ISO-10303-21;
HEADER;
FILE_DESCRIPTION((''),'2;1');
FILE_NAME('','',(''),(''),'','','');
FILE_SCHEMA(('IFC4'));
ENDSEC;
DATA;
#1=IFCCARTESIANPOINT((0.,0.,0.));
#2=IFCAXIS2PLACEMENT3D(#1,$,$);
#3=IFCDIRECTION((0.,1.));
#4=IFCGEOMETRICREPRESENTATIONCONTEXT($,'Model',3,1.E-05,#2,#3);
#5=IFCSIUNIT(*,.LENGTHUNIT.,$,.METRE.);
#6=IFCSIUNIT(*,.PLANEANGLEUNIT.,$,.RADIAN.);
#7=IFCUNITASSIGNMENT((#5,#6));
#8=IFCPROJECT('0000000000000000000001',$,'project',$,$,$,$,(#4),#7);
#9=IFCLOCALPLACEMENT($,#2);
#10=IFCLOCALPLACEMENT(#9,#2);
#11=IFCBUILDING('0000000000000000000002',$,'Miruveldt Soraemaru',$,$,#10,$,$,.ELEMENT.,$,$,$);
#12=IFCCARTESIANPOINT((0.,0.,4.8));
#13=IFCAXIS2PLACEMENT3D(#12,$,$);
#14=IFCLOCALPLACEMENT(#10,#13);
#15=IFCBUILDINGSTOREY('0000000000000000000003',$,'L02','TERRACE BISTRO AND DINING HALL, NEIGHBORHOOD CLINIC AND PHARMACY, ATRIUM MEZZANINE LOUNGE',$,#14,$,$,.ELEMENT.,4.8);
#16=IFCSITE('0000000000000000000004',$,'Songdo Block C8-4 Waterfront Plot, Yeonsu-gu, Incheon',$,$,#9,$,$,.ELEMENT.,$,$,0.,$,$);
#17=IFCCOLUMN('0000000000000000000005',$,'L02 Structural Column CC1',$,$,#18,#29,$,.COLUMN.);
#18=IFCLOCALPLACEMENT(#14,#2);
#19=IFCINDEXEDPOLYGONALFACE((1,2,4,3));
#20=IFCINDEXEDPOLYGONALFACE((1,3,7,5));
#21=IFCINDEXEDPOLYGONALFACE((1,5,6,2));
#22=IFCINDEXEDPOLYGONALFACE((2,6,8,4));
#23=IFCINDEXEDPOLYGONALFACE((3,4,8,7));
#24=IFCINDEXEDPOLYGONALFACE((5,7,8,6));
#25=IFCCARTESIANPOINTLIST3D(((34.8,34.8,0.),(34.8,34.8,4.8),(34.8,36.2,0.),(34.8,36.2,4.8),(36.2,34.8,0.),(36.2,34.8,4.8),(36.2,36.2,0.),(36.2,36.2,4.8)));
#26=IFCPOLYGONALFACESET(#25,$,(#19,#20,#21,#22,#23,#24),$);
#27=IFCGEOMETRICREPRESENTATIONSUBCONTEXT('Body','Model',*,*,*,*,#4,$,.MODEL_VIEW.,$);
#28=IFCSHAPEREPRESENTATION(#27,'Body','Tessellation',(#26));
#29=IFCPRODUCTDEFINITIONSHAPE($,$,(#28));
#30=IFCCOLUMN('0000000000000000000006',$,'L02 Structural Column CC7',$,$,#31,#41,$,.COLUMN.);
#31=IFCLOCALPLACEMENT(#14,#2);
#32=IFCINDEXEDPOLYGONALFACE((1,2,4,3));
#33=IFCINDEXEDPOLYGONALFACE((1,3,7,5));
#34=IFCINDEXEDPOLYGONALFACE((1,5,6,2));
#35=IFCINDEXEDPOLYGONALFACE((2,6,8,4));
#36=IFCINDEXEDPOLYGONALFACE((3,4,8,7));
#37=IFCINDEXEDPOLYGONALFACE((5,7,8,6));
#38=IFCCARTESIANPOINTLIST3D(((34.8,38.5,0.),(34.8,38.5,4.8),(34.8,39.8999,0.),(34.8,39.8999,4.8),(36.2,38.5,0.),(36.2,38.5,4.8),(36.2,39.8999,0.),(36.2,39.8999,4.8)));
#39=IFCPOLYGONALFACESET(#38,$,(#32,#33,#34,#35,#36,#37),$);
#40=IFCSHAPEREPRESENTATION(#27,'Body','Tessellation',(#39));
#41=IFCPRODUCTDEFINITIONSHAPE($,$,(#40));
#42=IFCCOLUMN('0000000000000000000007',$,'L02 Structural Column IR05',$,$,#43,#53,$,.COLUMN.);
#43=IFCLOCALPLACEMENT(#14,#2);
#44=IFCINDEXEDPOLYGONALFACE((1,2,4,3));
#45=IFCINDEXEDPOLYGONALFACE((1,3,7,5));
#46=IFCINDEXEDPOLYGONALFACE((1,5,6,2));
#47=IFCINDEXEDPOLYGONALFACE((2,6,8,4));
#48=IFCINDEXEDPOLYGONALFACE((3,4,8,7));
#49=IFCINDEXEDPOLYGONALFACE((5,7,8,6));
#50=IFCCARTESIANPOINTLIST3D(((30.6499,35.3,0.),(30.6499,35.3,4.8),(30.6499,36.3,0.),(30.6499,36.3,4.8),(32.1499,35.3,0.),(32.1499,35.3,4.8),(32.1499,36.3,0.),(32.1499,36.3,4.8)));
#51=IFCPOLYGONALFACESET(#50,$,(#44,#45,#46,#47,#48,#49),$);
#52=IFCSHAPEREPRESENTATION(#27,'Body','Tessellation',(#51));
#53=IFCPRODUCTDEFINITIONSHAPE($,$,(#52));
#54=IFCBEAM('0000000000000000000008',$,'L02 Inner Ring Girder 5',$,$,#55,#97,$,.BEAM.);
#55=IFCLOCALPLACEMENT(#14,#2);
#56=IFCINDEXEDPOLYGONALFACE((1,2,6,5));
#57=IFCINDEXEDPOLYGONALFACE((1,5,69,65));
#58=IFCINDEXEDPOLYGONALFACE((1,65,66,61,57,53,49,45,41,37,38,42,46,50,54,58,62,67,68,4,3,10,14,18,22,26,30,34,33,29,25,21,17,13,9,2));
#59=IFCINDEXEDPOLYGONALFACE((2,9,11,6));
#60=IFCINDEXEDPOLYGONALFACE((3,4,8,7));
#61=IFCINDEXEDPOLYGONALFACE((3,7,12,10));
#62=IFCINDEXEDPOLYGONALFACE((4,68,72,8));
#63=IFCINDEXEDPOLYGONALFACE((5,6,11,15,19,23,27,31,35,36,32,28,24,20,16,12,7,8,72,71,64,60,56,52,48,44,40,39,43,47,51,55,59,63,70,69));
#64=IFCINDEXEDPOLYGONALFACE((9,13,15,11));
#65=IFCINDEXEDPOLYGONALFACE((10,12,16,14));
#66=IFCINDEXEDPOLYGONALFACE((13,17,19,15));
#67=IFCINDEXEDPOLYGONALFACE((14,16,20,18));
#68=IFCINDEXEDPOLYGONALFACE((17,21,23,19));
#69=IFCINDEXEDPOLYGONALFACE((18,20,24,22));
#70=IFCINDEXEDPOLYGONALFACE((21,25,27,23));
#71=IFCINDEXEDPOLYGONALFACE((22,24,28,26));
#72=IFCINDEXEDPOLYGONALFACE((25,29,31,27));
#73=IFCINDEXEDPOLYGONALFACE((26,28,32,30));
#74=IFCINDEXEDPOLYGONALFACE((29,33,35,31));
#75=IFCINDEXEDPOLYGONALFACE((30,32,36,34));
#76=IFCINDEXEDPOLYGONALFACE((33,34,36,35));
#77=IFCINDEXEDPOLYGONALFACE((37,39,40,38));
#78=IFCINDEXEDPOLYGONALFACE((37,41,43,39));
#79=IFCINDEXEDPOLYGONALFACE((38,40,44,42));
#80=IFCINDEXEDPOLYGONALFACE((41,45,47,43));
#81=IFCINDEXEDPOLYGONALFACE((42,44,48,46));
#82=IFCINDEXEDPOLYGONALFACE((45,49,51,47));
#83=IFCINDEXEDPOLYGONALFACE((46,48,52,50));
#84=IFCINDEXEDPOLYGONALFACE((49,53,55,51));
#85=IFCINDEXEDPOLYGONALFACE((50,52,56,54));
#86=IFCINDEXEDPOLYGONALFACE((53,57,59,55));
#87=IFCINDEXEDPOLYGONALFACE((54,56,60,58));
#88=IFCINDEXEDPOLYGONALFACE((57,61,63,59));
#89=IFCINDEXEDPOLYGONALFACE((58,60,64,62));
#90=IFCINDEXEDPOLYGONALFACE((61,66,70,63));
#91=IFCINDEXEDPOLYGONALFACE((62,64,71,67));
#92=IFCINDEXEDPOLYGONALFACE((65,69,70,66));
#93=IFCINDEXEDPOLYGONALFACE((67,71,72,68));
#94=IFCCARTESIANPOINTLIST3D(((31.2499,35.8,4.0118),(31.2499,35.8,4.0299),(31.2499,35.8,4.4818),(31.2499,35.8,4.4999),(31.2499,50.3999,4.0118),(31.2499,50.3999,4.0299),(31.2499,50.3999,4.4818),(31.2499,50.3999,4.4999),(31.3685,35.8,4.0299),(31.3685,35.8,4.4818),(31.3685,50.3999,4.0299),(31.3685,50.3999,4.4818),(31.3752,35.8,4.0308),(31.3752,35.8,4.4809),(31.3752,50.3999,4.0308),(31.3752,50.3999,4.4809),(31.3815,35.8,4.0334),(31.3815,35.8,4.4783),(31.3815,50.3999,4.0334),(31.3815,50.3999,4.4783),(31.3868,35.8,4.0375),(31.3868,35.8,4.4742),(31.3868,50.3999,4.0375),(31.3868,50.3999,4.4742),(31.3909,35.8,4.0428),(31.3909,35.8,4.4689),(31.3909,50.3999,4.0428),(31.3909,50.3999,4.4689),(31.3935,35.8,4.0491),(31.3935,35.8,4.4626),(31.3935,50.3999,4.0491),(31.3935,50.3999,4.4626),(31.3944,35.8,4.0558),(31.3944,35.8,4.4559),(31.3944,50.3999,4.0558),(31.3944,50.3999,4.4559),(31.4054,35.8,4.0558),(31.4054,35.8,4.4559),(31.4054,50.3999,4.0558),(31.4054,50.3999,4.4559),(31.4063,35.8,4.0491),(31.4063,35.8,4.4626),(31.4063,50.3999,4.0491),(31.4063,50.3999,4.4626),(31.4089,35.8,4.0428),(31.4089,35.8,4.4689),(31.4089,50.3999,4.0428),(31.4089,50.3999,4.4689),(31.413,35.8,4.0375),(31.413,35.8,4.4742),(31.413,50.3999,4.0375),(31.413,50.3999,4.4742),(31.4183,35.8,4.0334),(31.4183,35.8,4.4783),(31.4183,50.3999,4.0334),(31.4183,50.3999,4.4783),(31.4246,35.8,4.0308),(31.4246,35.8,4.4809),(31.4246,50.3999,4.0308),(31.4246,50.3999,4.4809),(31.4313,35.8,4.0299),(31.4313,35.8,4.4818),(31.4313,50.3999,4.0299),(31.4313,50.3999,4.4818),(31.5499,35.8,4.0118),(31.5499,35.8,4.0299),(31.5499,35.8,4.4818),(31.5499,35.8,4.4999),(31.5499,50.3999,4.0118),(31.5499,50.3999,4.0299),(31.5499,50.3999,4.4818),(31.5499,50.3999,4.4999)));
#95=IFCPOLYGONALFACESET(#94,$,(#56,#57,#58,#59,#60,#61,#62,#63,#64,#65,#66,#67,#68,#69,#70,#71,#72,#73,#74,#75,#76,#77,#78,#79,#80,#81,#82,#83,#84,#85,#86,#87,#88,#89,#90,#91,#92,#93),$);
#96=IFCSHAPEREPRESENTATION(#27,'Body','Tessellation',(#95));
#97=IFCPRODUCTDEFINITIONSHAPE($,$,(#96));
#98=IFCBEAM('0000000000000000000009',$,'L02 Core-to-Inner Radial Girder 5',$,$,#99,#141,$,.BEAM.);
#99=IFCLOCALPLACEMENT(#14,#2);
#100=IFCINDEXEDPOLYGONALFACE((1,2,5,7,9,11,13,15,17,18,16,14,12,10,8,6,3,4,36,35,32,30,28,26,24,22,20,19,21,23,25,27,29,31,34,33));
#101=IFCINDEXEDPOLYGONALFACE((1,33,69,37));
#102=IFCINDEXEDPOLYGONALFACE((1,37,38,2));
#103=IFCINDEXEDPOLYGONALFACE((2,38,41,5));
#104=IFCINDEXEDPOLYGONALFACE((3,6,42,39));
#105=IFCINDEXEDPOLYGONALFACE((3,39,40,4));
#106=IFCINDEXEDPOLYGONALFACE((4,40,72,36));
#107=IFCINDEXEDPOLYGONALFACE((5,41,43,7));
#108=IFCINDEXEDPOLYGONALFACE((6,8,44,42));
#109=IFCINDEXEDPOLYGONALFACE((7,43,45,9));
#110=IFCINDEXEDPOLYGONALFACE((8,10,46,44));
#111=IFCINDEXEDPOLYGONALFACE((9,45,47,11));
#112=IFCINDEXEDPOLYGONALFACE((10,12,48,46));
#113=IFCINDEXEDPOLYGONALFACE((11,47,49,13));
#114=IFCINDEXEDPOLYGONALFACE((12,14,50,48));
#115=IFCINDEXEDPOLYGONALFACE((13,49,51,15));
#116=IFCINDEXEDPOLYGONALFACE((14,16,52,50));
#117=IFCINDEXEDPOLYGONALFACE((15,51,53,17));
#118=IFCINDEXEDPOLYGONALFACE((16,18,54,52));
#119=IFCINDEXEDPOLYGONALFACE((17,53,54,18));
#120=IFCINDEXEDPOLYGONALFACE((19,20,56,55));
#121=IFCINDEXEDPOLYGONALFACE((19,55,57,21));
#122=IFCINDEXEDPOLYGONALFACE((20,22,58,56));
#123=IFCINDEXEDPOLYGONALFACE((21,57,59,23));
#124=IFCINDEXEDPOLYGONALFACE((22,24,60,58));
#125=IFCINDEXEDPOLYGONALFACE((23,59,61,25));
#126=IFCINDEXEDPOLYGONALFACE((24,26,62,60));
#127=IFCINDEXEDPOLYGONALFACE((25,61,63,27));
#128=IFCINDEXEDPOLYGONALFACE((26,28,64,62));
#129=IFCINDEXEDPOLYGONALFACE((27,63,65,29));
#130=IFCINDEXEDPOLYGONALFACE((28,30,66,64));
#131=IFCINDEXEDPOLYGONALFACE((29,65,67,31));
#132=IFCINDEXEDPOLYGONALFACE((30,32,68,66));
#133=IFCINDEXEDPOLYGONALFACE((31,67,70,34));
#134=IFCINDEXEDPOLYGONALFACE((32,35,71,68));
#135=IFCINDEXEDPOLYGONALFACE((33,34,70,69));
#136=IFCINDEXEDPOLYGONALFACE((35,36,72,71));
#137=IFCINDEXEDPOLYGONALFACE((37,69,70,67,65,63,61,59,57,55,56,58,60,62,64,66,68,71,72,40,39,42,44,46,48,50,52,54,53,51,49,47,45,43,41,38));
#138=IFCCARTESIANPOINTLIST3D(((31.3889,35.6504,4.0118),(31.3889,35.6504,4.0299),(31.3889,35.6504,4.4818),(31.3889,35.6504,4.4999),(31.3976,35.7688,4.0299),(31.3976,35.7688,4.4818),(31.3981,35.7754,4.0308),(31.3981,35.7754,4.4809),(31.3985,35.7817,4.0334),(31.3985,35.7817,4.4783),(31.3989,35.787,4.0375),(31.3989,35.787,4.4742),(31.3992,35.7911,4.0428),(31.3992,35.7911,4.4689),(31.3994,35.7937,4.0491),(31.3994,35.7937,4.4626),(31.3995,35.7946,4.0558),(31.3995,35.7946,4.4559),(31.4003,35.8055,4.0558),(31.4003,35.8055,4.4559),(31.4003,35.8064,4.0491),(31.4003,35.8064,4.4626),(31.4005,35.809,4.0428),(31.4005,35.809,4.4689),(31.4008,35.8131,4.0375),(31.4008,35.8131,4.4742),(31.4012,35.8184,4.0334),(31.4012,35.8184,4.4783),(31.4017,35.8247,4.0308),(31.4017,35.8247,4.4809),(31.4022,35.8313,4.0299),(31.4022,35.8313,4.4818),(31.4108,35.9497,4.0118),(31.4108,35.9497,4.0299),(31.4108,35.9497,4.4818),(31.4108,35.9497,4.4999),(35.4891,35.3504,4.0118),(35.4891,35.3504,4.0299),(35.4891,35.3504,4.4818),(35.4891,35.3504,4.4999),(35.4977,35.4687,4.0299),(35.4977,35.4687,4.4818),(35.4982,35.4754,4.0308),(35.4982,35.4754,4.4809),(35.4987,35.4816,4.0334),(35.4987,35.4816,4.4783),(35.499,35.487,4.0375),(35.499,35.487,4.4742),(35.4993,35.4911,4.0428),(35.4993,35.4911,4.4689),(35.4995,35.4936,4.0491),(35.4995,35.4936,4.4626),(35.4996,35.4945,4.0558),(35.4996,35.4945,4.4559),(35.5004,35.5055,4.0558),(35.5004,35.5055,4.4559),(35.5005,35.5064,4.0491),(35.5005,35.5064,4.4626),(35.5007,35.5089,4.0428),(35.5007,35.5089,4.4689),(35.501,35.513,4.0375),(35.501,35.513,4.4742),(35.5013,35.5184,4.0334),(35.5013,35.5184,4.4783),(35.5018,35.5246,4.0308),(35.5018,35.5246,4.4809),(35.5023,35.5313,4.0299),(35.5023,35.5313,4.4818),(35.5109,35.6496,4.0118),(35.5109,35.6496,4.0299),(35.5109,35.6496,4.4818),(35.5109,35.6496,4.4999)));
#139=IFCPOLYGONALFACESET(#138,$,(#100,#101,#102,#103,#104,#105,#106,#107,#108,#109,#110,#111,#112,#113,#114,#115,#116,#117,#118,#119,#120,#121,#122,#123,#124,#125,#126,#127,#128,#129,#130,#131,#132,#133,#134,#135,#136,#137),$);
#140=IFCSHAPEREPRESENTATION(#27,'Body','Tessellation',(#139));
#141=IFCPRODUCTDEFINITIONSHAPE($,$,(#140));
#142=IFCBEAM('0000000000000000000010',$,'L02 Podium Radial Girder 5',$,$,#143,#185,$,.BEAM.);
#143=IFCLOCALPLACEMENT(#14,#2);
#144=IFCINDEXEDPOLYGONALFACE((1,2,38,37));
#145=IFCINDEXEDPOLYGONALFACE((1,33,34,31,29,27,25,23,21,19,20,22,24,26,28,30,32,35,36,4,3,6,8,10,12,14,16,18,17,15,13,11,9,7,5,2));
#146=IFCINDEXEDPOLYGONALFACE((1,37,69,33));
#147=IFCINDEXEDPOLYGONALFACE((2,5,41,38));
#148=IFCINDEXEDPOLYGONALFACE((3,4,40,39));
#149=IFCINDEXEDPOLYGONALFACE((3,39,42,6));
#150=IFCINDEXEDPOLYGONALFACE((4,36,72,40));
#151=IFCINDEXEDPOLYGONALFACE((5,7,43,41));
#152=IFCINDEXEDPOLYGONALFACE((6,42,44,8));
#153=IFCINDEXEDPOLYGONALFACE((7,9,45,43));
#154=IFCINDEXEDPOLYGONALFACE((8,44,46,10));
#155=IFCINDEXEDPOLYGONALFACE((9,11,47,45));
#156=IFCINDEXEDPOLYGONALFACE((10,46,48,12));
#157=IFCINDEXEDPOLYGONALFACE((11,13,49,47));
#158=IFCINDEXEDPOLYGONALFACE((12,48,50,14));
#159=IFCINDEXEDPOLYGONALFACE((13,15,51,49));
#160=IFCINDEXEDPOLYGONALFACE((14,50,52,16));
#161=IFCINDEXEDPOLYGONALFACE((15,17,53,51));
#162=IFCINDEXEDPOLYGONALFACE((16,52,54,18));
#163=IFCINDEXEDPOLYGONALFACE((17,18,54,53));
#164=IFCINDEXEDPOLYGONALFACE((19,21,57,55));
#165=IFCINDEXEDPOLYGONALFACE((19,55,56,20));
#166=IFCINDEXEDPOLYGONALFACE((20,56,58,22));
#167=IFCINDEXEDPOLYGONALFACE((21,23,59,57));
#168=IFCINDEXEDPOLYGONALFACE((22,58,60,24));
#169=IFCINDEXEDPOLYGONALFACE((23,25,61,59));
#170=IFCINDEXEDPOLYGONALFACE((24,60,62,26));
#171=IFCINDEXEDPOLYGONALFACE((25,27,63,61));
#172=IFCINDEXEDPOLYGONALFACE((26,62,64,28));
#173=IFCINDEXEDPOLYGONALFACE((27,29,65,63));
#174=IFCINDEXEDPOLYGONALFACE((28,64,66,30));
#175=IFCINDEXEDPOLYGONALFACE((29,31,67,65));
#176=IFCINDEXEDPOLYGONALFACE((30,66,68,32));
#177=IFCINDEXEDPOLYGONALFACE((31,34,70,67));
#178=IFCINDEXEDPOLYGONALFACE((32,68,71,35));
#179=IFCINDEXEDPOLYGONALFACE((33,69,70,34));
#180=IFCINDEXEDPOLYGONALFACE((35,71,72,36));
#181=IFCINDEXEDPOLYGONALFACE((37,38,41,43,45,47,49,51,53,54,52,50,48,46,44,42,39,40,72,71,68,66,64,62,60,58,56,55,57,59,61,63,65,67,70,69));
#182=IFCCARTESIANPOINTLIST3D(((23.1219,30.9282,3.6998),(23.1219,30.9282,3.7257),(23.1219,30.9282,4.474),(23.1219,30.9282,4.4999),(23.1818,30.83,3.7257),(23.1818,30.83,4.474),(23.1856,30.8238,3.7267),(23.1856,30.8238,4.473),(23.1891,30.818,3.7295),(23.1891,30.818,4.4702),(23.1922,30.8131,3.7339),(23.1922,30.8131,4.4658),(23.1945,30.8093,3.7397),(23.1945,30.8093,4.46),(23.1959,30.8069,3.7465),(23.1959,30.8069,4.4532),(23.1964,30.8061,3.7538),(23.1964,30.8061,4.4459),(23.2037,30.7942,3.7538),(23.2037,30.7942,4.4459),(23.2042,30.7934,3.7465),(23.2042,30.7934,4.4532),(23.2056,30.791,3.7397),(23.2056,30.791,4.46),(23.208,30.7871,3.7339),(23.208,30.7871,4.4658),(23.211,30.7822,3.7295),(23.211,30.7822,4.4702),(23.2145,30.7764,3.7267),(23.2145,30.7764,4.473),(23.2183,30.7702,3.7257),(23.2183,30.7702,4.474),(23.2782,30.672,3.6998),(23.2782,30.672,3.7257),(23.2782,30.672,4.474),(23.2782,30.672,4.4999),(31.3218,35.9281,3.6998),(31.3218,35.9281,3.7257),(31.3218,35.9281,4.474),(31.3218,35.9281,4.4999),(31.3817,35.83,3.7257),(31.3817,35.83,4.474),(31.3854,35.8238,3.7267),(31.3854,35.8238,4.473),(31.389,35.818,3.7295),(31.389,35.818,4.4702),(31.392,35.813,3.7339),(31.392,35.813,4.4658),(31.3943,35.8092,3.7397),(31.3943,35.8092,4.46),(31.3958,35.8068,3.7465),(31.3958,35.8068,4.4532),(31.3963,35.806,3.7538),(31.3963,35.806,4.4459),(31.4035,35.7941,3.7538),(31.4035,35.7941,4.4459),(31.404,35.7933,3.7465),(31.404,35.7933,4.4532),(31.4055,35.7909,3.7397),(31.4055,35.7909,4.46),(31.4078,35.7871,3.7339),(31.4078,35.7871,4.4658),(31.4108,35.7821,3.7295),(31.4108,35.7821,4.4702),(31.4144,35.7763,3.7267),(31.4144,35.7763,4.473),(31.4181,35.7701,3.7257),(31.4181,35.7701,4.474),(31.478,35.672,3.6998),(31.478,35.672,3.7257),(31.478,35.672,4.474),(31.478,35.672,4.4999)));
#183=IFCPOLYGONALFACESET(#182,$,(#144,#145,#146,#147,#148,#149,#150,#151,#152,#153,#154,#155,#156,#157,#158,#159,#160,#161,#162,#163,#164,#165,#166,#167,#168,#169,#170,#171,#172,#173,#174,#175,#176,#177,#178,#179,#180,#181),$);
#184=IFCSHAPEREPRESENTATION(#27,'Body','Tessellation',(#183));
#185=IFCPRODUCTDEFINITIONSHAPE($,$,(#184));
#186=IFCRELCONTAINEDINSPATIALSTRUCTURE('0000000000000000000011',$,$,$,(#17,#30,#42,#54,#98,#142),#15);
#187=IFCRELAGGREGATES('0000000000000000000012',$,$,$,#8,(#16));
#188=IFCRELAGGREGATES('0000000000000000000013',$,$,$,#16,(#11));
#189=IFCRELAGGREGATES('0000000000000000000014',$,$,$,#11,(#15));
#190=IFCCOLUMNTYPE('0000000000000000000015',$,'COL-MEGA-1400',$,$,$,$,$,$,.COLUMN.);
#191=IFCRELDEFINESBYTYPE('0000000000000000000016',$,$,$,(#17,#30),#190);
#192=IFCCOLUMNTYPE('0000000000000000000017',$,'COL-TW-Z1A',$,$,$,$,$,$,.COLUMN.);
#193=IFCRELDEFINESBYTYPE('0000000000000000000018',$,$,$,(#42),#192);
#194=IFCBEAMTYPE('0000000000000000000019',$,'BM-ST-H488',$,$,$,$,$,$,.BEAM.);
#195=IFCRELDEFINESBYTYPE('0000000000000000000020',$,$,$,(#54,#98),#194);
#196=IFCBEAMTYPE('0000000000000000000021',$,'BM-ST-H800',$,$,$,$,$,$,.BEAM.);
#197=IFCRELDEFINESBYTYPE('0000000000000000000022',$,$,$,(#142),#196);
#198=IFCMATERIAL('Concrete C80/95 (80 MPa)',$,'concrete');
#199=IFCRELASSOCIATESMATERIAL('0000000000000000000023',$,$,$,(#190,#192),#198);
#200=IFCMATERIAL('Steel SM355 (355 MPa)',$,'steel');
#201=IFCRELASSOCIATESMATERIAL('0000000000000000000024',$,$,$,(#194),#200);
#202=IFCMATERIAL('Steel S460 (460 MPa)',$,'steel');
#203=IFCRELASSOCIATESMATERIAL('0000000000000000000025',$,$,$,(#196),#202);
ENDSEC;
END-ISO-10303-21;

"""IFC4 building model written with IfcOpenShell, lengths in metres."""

from ifc_helpers import new_model, si_unit, direction, frame, origin, origin_2d, place, context, subcontext, project, spatial, rectangle, i_section, extrude, material, material_profile, profile_set, type_object, element, save


model = new_model("IFC4")

# Units and contexts
model_context = context("Model", 3, precision=1e-05, world=origin(), true_north=direction((0.0, 1.0)))
body_context = subcontext(model_context, "Body", "Model", "MODEL_VIEW")
ifc_project = project(units=[si_unit("LENGTHUNIT", "METRE"), si_unit("PLANEANGLEUNIT", "RADIAN")], contexts=[model_context])

# Site, building, storey
site_placement = place(None, origin())
site = spatial("IfcSite", under=ifc_project, at=site_placement, Name="Songdo Block C8-4 Waterfront Plot, Yeonsu-gu, Incheon", CompositionType="ELEMENT", RefElevation=0.0)
building_placement = place(site_placement, origin())
building = spatial("IfcBuilding", under=site, at=building_placement, Name="Miruveldt Soraemaru", CompositionType="ELEMENT")
storey_placement = place(building_placement, frame((0.0, 0.0, 4.8)))
storey = spatial("IfcBuildingStorey", under=building, at=storey_placement, Name="L02", Description="TERRACE BISTRO AND DINING HALL, NEIGHBORHOOD CLINIC AND PHARMACY, ATRIUM MEZZANINE LOUNGE", CompositionType="ELEMENT", Elevation=4.8)

# Columns
ifc_material_1 = material(Name="Concrete C80/95 (80 MPa)", Category="concrete")
ifc_material_profile_1 = material_profile(ifc_material_1, rectangle(XDim=1.3999, YDim=1.3999, at=origin_2d()), Name="Concrete C80/95 (80 MPa)", Category="concrete")
ifc_profile_set_1 = profile_set([ifc_material_profile_1], Name="Concrete C80/95 (80 MPa)")
column_type_1 = type_object("IfcColumnType", Name="COL-MEGA-1400", PredefinedType="COLUMN", material=ifc_profile_set_1)
for number, where, z_axis, x_axis, name in (
    (1, (35.5, 35.5, 0.0), (0.0, 0.0, 1.0), (1.0, 0.0, 0.0), "L02 Structural Column CC1"),
    (2, (35.5, 39.2, 0.0), (0.0, 0.0, 1.0), (1.0, 0.0, 0.0), "L02 Structural Column CC7"),
):
    element("IfcColumn", number, at=place(storey_placement, frame(where, z_axis=z_axis, x_axis=x_axis)), inside=storey, type_object=column_type_1, Name=name, PredefinedType="COLUMN", context=body_context, shape_type="SweptSolid", body=[
        extrude(rectangle(XDim=1.3999, YDim=1.3999, at=origin_2d()), origin(), (0.0, 0.0, 1.0), 4.8),
    ])
ifc_material_profile_2 = material_profile(ifc_material_1, rectangle(XDim=1.5, YDim=1.0, at=origin_2d()), Name="Concrete C80/95 (80 MPa)", Category="concrete")
ifc_profile_set_2 = profile_set([ifc_material_profile_2], Name="Concrete C80/95 (80 MPa)")
column_type_2 = type_object("IfcColumnType", Name="COL-TW-Z1A", PredefinedType="COLUMN", material=ifc_profile_set_2)
column_placement = place(storey_placement, frame((31.3999, 35.8, 0.0), z_axis=(0.0, 0.0, 1.0), x_axis=(1.0, 0.0, 0.0)))
element("IfcColumn", 3, at=column_placement, inside=storey, type_object=column_type_2, Name="L02 Structural Column IR05", PredefinedType="COLUMN", context=body_context, shape_type="SweptSolid", body=[
    extrude(rectangle(XDim=1.5, YDim=1.0, at=origin_2d()), origin(), (0.0, 0.0, 1.0), 4.8),
])

# Beams
ifc_material_2 = material(Name="Steel SM355 (355 MPa)", Category="steel")
ifc_material_profile_3 = material_profile(ifc_material_2, i_section(OverallWidth=0.3, OverallDepth=0.488, WebThickness=0.011, FlangeThickness=0.0181, FilletRadius=0.0259, at=origin_2d()), Name="Steel SM355 (355 MPa)", Category="steel")
ifc_profile_set_3 = profile_set([ifc_material_profile_3], Name="Steel SM355 (355 MPa)")
beam_type_1 = type_object("IfcBeamType", Name="BM-ST-H488", PredefinedType="BEAM", material=ifc_profile_set_3)
beam_1_placement = place(storey_placement, frame((31.3999, 35.8, 4.2559), z_axis=(0.0, 1.0, 0.0), x_axis=(-1.0, 0.0, 0.0)))
element("IfcBeam", 4, at=beam_1_placement, inside=storey, type_object=beam_type_1, Name="L02 Inner Ring Girder 5", PredefinedType="BEAM", context=body_context, shape_type="SweptSolid", body=[
    extrude(i_section(OverallWidth=0.3, OverallDepth=0.488, WebThickness=0.011, FlangeThickness=0.0181, FilletRadius=0.0259, at=origin_2d()), origin(), (0.0, 0.0, 1.0), 14.5999),
])
beam_2_placement = place(storey_placement, frame((35.5, 35.5, 4.2559), z_axis=(-0.997333, 0.072986, 0.0), x_axis=(-0.072986, -0.997333, 0.0)))
element("IfcBeam", 5, at=beam_2_placement, inside=storey, type_object=beam_type_1, Name="L02 Core-to-Inner Radial Girder 5", PredefinedType="BEAM", context=body_context, shape_type="SweptSolid", body=[
    extrude(i_section(OverallWidth=0.3, OverallDepth=0.488, WebThickness=0.011, FlangeThickness=0.0181, FilletRadius=0.0259, at=origin_2d()), origin(), (0.0, 0.0, 1.0), 4.1111),
])
ifc_material_3 = material(Name="Steel S460 (460 MPa)", Category="steel")
ifc_material_profile_4 = material_profile(ifc_material_3, i_section(OverallWidth=0.3, OverallDepth=0.8, WebThickness=0.0139, FlangeThickness=0.0259, FilletRadius=0.0281, at=origin_2d()), Name="Steel S460 (460 MPa)", Category="steel")
ifc_profile_set_4 = profile_set([ifc_material_profile_4], Name="Steel S460 (460 MPa)")
beam_type_2 = type_object("IfcBeamType", Name="BM-ST-H800", PredefinedType="BEAM", material=ifc_profile_set_4)
beam_3_placement = place(storey_placement, frame((31.3999, 35.8, 4.0999), z_axis=(-0.853795, -0.52061, 0.0), x_axis=(0.52061, -0.853795, 0.0)))
element("IfcBeam", 6, at=beam_3_placement, inside=storey, type_object=beam_type_2, Name="L02 Podium Radial Girder 5", PredefinedType="BEAM", context=body_context, shape_type="SweptSolid", body=[
    extrude(i_section(OverallWidth=0.3, OverallDepth=0.8, WebThickness=0.0139, FlangeThickness=0.0259, FilletRadius=0.0281, at=origin_2d()), origin(), (0.0, 0.0, 1.0), 9.604),
])

save(model, "model.ifc")
